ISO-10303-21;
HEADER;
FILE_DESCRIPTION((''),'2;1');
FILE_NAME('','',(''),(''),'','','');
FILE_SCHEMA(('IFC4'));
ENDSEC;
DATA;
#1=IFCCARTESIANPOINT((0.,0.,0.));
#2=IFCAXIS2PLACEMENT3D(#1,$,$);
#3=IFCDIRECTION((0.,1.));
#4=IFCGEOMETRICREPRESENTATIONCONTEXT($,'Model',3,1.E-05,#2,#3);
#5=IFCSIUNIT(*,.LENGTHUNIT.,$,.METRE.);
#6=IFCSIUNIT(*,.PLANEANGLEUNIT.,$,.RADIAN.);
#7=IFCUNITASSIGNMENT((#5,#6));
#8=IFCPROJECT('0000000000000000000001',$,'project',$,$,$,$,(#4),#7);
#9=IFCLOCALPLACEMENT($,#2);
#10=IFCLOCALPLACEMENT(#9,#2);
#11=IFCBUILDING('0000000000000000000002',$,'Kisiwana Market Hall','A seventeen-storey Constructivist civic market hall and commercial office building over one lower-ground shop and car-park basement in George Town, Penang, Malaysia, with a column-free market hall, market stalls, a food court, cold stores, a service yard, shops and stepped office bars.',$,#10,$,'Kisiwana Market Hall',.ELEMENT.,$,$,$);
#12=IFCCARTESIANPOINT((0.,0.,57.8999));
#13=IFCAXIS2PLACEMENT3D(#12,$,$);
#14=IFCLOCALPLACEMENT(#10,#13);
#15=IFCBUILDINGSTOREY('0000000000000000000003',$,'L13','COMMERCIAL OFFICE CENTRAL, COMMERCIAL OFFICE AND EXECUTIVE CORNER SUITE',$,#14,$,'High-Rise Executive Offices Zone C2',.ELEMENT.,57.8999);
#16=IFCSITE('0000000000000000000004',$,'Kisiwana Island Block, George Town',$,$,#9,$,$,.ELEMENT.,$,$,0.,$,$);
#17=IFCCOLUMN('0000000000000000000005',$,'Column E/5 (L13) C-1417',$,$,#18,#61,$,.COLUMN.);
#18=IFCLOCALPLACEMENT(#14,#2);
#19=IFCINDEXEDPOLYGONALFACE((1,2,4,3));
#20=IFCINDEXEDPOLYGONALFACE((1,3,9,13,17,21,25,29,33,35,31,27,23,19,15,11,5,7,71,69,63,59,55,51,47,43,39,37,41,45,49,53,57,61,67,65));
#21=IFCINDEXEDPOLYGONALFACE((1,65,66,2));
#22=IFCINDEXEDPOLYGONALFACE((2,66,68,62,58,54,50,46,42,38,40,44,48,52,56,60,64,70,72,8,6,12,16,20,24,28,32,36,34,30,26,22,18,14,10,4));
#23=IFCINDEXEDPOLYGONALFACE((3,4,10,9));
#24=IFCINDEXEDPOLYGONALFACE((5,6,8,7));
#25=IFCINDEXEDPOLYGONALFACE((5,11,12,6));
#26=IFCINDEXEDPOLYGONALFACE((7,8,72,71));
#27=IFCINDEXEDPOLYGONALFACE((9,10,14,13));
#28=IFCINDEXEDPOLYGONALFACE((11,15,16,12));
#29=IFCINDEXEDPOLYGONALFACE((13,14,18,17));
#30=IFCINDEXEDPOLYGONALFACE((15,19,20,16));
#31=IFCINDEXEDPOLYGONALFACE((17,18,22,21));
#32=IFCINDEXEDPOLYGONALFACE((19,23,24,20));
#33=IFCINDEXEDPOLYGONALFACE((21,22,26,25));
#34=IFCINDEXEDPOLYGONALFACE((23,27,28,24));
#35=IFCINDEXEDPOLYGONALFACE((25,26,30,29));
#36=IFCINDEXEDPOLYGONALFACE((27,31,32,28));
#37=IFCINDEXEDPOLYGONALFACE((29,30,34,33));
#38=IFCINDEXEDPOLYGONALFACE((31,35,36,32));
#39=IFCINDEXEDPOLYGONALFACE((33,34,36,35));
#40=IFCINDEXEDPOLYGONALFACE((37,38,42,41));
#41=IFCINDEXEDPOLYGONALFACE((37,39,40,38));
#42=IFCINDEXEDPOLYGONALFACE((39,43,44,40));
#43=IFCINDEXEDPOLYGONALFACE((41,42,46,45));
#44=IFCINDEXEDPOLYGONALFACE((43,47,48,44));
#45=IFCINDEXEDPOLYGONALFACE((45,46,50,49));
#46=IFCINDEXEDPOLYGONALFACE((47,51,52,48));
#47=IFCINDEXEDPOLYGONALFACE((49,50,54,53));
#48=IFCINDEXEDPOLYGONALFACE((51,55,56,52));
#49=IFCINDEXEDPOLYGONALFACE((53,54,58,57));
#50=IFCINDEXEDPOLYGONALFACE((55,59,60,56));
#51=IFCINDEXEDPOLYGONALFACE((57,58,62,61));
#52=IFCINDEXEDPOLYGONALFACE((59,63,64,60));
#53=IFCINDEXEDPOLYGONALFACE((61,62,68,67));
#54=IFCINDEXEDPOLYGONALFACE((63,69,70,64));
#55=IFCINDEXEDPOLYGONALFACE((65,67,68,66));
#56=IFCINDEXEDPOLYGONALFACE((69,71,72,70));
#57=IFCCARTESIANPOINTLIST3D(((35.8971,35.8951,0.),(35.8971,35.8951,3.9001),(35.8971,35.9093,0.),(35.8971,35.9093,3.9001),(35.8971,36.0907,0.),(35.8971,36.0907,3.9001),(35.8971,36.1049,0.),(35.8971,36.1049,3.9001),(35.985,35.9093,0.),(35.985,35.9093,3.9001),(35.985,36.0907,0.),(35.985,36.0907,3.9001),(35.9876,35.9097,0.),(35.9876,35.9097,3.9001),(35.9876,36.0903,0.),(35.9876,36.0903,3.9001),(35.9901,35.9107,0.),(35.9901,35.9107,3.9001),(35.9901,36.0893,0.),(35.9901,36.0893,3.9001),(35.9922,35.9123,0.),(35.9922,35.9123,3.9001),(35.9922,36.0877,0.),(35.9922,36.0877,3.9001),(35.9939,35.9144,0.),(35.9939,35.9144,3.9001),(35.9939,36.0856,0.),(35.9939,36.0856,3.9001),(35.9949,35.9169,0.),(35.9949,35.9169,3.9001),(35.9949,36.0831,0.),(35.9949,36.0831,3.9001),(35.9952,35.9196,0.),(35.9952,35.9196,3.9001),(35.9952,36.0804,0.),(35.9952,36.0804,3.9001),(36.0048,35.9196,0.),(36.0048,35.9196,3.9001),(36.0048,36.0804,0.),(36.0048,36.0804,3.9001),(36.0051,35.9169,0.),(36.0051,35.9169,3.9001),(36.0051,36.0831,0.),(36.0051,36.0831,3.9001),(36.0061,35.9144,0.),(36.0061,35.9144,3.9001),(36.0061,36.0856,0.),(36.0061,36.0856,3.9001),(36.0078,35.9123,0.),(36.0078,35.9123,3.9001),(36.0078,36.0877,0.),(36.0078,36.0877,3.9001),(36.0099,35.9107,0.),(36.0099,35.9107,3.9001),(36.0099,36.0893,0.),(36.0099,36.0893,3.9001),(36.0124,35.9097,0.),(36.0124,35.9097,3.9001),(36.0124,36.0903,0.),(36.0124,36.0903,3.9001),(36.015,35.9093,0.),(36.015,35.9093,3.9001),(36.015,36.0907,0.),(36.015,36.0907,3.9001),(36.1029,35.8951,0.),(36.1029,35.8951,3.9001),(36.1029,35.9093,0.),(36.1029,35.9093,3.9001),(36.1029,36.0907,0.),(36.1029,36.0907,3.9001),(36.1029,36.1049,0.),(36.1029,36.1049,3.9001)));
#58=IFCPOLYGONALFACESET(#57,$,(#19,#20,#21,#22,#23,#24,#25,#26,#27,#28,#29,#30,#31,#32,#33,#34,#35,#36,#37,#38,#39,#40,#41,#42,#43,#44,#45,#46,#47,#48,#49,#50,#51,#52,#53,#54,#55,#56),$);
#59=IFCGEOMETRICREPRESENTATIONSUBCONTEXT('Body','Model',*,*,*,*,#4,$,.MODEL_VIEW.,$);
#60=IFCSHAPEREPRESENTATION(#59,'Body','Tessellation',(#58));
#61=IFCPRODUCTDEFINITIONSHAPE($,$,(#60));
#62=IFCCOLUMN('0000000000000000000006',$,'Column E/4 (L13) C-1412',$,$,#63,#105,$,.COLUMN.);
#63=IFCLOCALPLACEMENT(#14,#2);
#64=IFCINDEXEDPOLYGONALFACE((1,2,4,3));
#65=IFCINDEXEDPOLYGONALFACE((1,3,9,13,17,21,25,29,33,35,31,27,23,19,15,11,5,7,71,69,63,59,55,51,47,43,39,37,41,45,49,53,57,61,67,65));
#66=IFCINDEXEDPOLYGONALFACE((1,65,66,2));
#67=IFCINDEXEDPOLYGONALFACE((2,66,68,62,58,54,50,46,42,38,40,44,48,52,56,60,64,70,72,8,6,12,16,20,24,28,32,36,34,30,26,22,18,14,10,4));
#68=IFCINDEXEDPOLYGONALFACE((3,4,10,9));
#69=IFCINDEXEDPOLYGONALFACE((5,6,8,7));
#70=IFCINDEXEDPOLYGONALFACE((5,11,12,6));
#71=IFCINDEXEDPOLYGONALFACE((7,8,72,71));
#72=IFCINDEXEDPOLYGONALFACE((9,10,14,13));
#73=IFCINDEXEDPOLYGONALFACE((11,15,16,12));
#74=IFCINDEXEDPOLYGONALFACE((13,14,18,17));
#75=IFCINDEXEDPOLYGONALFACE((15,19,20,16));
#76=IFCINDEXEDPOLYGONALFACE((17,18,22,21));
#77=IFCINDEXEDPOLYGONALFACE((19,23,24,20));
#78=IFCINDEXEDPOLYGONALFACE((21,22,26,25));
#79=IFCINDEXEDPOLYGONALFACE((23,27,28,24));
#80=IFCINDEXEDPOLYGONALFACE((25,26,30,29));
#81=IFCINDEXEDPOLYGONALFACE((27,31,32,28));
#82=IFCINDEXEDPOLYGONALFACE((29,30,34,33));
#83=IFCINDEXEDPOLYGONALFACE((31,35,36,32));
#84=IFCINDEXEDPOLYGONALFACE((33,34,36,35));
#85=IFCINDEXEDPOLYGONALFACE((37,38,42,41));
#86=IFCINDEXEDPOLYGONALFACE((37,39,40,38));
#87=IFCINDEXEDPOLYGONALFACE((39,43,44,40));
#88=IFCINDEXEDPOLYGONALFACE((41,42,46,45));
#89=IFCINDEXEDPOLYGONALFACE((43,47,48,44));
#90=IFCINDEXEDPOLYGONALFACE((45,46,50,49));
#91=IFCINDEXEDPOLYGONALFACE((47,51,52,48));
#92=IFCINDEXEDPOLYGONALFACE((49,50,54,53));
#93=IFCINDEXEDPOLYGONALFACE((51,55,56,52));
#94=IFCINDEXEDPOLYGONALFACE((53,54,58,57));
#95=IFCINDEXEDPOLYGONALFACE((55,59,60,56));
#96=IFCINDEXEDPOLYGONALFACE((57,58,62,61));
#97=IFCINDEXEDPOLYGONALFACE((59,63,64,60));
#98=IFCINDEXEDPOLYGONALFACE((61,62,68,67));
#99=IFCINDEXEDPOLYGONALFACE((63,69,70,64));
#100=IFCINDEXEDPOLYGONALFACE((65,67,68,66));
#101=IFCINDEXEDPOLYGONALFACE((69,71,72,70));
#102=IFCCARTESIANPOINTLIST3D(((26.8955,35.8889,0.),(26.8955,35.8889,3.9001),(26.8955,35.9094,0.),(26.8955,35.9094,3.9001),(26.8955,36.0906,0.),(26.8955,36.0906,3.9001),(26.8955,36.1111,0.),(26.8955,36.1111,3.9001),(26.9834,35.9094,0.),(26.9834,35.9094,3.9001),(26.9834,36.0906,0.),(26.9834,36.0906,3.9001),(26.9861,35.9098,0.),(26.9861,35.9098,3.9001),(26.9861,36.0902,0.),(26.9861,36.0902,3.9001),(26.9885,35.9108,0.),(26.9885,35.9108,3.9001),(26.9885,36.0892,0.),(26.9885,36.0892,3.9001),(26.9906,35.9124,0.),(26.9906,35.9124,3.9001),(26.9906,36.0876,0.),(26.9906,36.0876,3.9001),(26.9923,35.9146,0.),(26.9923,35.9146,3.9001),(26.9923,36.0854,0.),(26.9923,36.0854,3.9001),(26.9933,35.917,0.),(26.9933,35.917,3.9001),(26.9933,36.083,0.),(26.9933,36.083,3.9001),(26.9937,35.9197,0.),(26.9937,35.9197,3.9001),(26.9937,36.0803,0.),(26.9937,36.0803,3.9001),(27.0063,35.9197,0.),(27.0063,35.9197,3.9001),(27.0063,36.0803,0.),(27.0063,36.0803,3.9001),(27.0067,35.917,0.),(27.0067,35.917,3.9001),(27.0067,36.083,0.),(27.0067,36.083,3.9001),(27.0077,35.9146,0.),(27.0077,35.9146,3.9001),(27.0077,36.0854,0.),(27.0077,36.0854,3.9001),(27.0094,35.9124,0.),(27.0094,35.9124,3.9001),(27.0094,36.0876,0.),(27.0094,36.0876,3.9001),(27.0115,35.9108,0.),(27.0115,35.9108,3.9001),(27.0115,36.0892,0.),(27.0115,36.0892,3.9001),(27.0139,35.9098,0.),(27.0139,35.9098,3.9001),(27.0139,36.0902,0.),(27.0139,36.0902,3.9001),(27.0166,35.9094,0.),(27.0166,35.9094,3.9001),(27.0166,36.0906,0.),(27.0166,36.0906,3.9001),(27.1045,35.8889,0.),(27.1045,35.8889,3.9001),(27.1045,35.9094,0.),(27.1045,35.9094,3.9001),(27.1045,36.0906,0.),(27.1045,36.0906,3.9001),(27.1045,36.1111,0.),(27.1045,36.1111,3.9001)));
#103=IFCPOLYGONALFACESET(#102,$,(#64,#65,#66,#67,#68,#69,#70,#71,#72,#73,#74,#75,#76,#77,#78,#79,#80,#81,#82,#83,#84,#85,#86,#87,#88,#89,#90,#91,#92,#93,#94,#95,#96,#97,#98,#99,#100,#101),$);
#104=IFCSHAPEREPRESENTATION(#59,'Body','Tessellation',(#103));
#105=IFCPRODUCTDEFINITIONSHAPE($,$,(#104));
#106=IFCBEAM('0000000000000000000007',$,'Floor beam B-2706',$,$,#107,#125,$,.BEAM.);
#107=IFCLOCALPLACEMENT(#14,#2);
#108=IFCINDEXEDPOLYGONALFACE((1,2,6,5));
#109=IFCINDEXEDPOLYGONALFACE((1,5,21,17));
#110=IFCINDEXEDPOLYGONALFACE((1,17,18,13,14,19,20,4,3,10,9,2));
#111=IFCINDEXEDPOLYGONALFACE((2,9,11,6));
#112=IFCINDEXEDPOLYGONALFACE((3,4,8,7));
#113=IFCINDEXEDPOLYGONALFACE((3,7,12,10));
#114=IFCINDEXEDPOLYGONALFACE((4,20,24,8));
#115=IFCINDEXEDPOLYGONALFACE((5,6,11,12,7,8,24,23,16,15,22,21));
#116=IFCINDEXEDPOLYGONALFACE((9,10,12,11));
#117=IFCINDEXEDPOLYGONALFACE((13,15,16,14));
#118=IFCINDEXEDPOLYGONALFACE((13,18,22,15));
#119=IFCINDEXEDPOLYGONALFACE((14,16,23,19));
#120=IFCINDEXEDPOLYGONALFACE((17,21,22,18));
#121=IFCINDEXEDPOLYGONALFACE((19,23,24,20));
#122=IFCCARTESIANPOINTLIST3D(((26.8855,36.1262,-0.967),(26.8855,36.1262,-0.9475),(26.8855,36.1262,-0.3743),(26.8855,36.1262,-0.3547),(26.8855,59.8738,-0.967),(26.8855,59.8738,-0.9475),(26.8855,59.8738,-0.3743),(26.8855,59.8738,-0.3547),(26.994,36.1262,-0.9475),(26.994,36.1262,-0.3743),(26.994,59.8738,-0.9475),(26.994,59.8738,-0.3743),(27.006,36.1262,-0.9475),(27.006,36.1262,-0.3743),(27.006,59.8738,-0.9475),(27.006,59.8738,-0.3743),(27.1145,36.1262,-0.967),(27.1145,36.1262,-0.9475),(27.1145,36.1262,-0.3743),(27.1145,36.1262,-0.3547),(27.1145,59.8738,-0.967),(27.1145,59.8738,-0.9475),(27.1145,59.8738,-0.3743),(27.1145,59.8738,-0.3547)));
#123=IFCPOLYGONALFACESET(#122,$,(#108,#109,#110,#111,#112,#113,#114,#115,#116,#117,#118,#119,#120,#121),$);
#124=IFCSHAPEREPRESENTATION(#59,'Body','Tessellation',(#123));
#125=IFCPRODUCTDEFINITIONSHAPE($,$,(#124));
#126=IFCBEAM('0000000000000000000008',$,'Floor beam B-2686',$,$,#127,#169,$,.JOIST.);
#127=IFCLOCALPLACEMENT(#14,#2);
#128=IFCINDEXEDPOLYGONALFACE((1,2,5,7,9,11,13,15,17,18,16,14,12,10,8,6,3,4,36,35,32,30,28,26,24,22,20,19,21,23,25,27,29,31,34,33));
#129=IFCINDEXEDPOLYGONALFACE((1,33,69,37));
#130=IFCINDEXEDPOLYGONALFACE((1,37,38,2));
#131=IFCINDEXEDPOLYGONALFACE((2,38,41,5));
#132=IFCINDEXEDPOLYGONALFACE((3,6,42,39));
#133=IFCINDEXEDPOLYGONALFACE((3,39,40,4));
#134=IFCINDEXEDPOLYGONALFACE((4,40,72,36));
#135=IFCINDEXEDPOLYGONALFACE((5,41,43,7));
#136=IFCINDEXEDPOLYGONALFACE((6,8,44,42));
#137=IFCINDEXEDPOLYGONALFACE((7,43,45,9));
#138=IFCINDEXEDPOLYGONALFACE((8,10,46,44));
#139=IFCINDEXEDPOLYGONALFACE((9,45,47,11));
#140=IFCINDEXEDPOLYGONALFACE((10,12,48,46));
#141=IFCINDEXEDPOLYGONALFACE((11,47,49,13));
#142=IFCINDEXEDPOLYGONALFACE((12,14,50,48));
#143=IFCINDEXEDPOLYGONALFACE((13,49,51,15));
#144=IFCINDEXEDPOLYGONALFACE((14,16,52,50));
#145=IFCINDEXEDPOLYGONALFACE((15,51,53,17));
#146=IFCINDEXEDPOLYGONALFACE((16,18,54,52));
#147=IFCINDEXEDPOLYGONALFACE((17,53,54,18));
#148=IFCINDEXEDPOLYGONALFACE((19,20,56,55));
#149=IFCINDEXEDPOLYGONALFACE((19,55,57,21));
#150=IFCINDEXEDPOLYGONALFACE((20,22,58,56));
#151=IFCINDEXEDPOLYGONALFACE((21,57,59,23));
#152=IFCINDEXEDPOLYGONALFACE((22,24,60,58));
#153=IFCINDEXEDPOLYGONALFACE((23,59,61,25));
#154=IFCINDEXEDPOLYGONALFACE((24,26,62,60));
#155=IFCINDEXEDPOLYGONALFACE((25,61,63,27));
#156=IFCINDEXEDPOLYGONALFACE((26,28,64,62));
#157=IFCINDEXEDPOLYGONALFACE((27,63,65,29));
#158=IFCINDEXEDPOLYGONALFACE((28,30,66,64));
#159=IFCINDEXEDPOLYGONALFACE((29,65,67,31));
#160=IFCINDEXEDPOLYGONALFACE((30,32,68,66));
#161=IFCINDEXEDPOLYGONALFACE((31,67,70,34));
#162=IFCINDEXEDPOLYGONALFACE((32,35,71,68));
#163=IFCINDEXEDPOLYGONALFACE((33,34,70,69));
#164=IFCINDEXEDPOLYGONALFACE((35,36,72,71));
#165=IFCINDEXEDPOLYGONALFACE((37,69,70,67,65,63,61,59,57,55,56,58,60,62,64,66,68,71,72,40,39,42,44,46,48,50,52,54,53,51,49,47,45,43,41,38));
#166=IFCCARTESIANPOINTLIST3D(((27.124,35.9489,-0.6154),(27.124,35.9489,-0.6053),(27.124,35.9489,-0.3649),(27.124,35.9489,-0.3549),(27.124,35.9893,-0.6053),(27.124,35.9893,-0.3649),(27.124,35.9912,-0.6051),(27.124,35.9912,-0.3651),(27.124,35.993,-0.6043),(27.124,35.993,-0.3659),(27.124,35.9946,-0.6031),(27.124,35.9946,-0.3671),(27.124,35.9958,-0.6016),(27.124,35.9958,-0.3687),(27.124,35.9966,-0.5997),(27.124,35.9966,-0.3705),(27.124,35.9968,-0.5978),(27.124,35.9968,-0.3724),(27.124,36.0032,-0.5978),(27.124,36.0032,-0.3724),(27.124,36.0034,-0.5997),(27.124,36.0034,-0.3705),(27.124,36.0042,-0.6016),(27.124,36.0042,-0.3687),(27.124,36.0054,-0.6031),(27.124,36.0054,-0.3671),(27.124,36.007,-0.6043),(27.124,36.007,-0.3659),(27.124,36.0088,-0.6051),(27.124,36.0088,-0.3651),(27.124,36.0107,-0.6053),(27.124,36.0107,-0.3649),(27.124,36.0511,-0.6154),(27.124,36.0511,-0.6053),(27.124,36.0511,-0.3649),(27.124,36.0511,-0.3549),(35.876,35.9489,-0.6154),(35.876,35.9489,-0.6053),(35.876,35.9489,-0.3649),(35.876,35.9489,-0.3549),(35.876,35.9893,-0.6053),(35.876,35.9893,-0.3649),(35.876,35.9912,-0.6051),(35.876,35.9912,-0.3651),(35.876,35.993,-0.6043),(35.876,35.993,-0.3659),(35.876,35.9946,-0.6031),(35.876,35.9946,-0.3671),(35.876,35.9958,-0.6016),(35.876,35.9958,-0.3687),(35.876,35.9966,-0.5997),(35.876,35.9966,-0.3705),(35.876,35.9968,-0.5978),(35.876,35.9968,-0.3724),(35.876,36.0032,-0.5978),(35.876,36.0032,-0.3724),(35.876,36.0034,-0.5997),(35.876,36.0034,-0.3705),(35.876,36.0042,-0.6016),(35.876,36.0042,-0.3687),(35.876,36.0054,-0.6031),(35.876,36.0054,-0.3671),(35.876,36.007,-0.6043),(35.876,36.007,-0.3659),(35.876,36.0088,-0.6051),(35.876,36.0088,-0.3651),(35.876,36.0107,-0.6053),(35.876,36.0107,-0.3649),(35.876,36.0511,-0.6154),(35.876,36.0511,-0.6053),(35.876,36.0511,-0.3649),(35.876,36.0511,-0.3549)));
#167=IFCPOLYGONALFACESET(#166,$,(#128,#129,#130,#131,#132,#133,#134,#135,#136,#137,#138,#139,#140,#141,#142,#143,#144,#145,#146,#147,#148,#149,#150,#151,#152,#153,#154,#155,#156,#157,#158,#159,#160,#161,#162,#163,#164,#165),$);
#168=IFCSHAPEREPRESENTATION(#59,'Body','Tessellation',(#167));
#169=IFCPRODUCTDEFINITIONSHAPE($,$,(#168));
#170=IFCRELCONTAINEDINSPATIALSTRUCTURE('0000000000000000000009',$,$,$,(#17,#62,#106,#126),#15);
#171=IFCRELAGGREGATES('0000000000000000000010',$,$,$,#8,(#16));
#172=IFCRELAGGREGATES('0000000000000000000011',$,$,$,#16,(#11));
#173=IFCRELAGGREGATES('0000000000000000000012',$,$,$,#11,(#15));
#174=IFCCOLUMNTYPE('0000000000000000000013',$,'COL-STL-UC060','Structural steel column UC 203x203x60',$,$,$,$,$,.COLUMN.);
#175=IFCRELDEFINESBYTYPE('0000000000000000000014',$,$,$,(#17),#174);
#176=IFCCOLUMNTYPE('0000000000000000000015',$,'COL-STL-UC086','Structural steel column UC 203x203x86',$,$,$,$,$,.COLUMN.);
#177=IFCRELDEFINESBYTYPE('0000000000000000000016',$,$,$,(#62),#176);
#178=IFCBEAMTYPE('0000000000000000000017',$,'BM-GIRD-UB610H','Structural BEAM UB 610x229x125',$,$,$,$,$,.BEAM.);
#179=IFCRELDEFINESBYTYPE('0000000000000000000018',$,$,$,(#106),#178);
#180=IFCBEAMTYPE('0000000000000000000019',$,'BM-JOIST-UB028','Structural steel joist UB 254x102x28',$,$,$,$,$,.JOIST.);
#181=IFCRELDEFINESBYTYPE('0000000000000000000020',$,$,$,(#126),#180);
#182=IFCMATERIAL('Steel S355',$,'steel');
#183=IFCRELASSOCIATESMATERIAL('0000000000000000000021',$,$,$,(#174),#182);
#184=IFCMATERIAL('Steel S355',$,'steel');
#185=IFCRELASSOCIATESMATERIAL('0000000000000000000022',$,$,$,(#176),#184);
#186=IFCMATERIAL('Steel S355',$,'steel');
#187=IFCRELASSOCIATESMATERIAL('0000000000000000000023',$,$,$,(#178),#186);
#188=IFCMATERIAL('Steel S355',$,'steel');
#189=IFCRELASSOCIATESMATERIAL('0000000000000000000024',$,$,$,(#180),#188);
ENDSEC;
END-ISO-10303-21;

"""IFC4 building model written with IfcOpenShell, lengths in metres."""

from ifc_helpers import new_model, si_unit, direction, frame, origin, origin_2d, place, context, subcontext, project, spatial, i_section, extrude, material, material_profile, profile_set, type_object, element, save


model = new_model("IFC4")

# Units and contexts
model_context = context("Model", 3, precision=1e-05, world=origin(), true_north=direction((0.0, 1.0)))
body_context = subcontext(model_context, "Body", "Model", "MODEL_VIEW")
ifc_project = project(units=[si_unit("LENGTHUNIT", "METRE"), si_unit("PLANEANGLEUNIT", "RADIAN")], contexts=[model_context])

# Site, building, storey
site_placement = place(None, origin())
site = spatial("IfcSite", under=ifc_project, at=site_placement, Name="Kisiwana Island Block, George Town", CompositionType="ELEMENT", RefElevation=0.0)
building_placement = place(site_placement, origin())
building = spatial("IfcBuilding", under=site, at=building_placement, Name="Kisiwana Market Hall", Description="A seventeen-storey Constructivist civic market hall and commercial office building over one lower-ground shop and car-park basement in George Town, Penang, Malaysia, with a column-free market hall, market stalls, a food court, cold stores, a service yard, shops and stepped office bars.", LongName="Kisiwana Market Hall", CompositionType="ELEMENT")
storey_placement = place(building_placement, frame((0.0, 0.0, 57.8999)))
storey = spatial("IfcBuildingStorey", under=building, at=storey_placement, Name="L13", Description="COMMERCIAL OFFICE CENTRAL, COMMERCIAL OFFICE AND EXECUTIVE CORNER SUITE", LongName="High-Rise Executive Offices Zone C2", CompositionType="ELEMENT", Elevation=57.8999)

# Columns
ifc_material_1 = material(Name="Steel S355", Category="steel")
ifc_material_profile_1 = material_profile(ifc_material_1, i_section(OverallWidth=0.2058, OverallDepth=0.2097, WebThickness=0.0095, FlangeThickness=0.0142, FilletRadius=0.0103, at=origin_2d()), Name="UC 203x203x60")
ifc_profile_set_1 = profile_set([ifc_material_profile_1], Name="Steel S355")
column_type_1 = type_object("IfcColumnType", Name="COL-STL-UC060", Description="Structural steel column UC 203x203x60", PredefinedType="COLUMN", material=ifc_profile_set_1)
column_1_placement = place(storey_placement, frame((36.0, 36.0, 0.0), z_axis=(0.0, 0.0, 1.0), x_axis=(1.0, 0.0, 0.0)))
element("IfcColumn", 1, at=column_1_placement, inside=storey, type_object=column_type_1, Name="Column E/5 (L13) C-1417", PredefinedType="COLUMN", context=body_context, shape_type="SweptSolid", body=[
    extrude(i_section(OverallWidth=0.2058, OverallDepth=0.2097, WebThickness=0.0095, FlangeThickness=0.0142, FilletRadius=0.0103, at=origin_2d()), origin(), (0.0, 0.0, 1.0), 3.9001),
])
ifc_material_2 = material(Name="Steel S355", Category="steel")
ifc_material_profile_2 = material_profile(ifc_material_2, i_section(OverallWidth=0.209, OverallDepth=0.2222, WebThickness=0.0127, FlangeThickness=0.0205, FilletRadius=0.0103, at=origin_2d()), Name="UC 203x203x86")
ifc_profile_set_2 = profile_set([ifc_material_profile_2], Name="Steel S355")
column_type_2 = type_object("IfcColumnType", Name="COL-STL-UC086", Description="Structural steel column UC 203x203x86", PredefinedType="COLUMN", material=ifc_profile_set_2)
column_2_placement = place(storey_placement, frame((27.0, 36.0, 0.0), z_axis=(0.0, 0.0, 1.0), x_axis=(1.0, 0.0, 0.0)))
element("IfcColumn", 2, at=column_2_placement, inside=storey, type_object=column_type_2, Name="Column E/4 (L13) C-1412", PredefinedType="COLUMN", context=body_context, shape_type="SweptSolid", body=[
    extrude(i_section(OverallWidth=0.209, OverallDepth=0.2222, WebThickness=0.0127, FlangeThickness=0.0205, FilletRadius=0.0103, at=origin_2d()), origin(), (0.0, 0.0, 1.0), 3.9001),
])

# Beams
ifc_material_3 = material(Name="Steel S355", Category="steel")
ifc_material_profile_3 = material_profile(ifc_material_3, i_section(OverallWidth=0.229, OverallDepth=0.6123, WebThickness=0.012, FlangeThickness=0.0195, at=origin_2d()), Name="UB 610x229x125")
ifc_profile_set_3 = profile_set([ifc_material_profile_3], Name="Steel S355")
beam_type_1 = type_object("IfcBeamType", Name="BM-GIRD-UB610H", Description="Structural BEAM UB 610x229x125", PredefinedType="BEAM", material=ifc_profile_set_3)
beam_1_placement = place(storey_placement, frame((27.0, 36.1262, -0.6609), z_axis=(0.0, 1.0, 0.0), x_axis=(-1.0, 0.0, 0.0)))
element("IfcBeam", 3, at=beam_1_placement, inside=storey, type_object=beam_type_1, Name="Floor beam B-2706", PredefinedType="BEAM", context=body_context, shape_type="SweptSolid", body=[
    extrude(i_section(OverallWidth=0.229, OverallDepth=0.6123, WebThickness=0.012, FlangeThickness=0.0195, at=origin_2d()), origin(), (0.0, 0.0, 1.0), 23.7476),
])
ifc_material_4 = material(Name="Steel S355", Category="steel")
ifc_material_profile_4 = material_profile(ifc_material_4, i_section(OverallWidth=0.1023, OverallDepth=0.2605, WebThickness=0.0063, FlangeThickness=0.01, FilletRadius=0.0076, at=origin_2d()), Name="UB 254x102x28")
ifc_profile_set_4 = profile_set([ifc_material_profile_4], Name="Steel S355")
beam_type_2 = type_object("IfcBeamType", Name="BM-JOIST-UB028", Description="Structural steel joist UB 254x102x28", PredefinedType="JOIST", material=ifc_profile_set_4)
beam_2_placement = place(storey_placement, frame((27.124, 36.0, -0.4851), z_axis=(1.0, 0.0, 0.0), x_axis=(0.0, 1.0, 0.0)))
element("IfcBeam", 4, at=beam_2_placement, inside=storey, type_object=beam_type_2, Name="Floor beam B-2686", PredefinedType="JOIST", context=body_context, shape_type="SweptSolid", body=[
    extrude(i_section(OverallWidth=0.1023, OverallDepth=0.2605, WebThickness=0.0063, FlangeThickness=0.01, FilletRadius=0.0076, at=origin_2d()), origin(), (0.0, 0.0, 1.0), 8.752),
])

save(model, "model.ifc")
